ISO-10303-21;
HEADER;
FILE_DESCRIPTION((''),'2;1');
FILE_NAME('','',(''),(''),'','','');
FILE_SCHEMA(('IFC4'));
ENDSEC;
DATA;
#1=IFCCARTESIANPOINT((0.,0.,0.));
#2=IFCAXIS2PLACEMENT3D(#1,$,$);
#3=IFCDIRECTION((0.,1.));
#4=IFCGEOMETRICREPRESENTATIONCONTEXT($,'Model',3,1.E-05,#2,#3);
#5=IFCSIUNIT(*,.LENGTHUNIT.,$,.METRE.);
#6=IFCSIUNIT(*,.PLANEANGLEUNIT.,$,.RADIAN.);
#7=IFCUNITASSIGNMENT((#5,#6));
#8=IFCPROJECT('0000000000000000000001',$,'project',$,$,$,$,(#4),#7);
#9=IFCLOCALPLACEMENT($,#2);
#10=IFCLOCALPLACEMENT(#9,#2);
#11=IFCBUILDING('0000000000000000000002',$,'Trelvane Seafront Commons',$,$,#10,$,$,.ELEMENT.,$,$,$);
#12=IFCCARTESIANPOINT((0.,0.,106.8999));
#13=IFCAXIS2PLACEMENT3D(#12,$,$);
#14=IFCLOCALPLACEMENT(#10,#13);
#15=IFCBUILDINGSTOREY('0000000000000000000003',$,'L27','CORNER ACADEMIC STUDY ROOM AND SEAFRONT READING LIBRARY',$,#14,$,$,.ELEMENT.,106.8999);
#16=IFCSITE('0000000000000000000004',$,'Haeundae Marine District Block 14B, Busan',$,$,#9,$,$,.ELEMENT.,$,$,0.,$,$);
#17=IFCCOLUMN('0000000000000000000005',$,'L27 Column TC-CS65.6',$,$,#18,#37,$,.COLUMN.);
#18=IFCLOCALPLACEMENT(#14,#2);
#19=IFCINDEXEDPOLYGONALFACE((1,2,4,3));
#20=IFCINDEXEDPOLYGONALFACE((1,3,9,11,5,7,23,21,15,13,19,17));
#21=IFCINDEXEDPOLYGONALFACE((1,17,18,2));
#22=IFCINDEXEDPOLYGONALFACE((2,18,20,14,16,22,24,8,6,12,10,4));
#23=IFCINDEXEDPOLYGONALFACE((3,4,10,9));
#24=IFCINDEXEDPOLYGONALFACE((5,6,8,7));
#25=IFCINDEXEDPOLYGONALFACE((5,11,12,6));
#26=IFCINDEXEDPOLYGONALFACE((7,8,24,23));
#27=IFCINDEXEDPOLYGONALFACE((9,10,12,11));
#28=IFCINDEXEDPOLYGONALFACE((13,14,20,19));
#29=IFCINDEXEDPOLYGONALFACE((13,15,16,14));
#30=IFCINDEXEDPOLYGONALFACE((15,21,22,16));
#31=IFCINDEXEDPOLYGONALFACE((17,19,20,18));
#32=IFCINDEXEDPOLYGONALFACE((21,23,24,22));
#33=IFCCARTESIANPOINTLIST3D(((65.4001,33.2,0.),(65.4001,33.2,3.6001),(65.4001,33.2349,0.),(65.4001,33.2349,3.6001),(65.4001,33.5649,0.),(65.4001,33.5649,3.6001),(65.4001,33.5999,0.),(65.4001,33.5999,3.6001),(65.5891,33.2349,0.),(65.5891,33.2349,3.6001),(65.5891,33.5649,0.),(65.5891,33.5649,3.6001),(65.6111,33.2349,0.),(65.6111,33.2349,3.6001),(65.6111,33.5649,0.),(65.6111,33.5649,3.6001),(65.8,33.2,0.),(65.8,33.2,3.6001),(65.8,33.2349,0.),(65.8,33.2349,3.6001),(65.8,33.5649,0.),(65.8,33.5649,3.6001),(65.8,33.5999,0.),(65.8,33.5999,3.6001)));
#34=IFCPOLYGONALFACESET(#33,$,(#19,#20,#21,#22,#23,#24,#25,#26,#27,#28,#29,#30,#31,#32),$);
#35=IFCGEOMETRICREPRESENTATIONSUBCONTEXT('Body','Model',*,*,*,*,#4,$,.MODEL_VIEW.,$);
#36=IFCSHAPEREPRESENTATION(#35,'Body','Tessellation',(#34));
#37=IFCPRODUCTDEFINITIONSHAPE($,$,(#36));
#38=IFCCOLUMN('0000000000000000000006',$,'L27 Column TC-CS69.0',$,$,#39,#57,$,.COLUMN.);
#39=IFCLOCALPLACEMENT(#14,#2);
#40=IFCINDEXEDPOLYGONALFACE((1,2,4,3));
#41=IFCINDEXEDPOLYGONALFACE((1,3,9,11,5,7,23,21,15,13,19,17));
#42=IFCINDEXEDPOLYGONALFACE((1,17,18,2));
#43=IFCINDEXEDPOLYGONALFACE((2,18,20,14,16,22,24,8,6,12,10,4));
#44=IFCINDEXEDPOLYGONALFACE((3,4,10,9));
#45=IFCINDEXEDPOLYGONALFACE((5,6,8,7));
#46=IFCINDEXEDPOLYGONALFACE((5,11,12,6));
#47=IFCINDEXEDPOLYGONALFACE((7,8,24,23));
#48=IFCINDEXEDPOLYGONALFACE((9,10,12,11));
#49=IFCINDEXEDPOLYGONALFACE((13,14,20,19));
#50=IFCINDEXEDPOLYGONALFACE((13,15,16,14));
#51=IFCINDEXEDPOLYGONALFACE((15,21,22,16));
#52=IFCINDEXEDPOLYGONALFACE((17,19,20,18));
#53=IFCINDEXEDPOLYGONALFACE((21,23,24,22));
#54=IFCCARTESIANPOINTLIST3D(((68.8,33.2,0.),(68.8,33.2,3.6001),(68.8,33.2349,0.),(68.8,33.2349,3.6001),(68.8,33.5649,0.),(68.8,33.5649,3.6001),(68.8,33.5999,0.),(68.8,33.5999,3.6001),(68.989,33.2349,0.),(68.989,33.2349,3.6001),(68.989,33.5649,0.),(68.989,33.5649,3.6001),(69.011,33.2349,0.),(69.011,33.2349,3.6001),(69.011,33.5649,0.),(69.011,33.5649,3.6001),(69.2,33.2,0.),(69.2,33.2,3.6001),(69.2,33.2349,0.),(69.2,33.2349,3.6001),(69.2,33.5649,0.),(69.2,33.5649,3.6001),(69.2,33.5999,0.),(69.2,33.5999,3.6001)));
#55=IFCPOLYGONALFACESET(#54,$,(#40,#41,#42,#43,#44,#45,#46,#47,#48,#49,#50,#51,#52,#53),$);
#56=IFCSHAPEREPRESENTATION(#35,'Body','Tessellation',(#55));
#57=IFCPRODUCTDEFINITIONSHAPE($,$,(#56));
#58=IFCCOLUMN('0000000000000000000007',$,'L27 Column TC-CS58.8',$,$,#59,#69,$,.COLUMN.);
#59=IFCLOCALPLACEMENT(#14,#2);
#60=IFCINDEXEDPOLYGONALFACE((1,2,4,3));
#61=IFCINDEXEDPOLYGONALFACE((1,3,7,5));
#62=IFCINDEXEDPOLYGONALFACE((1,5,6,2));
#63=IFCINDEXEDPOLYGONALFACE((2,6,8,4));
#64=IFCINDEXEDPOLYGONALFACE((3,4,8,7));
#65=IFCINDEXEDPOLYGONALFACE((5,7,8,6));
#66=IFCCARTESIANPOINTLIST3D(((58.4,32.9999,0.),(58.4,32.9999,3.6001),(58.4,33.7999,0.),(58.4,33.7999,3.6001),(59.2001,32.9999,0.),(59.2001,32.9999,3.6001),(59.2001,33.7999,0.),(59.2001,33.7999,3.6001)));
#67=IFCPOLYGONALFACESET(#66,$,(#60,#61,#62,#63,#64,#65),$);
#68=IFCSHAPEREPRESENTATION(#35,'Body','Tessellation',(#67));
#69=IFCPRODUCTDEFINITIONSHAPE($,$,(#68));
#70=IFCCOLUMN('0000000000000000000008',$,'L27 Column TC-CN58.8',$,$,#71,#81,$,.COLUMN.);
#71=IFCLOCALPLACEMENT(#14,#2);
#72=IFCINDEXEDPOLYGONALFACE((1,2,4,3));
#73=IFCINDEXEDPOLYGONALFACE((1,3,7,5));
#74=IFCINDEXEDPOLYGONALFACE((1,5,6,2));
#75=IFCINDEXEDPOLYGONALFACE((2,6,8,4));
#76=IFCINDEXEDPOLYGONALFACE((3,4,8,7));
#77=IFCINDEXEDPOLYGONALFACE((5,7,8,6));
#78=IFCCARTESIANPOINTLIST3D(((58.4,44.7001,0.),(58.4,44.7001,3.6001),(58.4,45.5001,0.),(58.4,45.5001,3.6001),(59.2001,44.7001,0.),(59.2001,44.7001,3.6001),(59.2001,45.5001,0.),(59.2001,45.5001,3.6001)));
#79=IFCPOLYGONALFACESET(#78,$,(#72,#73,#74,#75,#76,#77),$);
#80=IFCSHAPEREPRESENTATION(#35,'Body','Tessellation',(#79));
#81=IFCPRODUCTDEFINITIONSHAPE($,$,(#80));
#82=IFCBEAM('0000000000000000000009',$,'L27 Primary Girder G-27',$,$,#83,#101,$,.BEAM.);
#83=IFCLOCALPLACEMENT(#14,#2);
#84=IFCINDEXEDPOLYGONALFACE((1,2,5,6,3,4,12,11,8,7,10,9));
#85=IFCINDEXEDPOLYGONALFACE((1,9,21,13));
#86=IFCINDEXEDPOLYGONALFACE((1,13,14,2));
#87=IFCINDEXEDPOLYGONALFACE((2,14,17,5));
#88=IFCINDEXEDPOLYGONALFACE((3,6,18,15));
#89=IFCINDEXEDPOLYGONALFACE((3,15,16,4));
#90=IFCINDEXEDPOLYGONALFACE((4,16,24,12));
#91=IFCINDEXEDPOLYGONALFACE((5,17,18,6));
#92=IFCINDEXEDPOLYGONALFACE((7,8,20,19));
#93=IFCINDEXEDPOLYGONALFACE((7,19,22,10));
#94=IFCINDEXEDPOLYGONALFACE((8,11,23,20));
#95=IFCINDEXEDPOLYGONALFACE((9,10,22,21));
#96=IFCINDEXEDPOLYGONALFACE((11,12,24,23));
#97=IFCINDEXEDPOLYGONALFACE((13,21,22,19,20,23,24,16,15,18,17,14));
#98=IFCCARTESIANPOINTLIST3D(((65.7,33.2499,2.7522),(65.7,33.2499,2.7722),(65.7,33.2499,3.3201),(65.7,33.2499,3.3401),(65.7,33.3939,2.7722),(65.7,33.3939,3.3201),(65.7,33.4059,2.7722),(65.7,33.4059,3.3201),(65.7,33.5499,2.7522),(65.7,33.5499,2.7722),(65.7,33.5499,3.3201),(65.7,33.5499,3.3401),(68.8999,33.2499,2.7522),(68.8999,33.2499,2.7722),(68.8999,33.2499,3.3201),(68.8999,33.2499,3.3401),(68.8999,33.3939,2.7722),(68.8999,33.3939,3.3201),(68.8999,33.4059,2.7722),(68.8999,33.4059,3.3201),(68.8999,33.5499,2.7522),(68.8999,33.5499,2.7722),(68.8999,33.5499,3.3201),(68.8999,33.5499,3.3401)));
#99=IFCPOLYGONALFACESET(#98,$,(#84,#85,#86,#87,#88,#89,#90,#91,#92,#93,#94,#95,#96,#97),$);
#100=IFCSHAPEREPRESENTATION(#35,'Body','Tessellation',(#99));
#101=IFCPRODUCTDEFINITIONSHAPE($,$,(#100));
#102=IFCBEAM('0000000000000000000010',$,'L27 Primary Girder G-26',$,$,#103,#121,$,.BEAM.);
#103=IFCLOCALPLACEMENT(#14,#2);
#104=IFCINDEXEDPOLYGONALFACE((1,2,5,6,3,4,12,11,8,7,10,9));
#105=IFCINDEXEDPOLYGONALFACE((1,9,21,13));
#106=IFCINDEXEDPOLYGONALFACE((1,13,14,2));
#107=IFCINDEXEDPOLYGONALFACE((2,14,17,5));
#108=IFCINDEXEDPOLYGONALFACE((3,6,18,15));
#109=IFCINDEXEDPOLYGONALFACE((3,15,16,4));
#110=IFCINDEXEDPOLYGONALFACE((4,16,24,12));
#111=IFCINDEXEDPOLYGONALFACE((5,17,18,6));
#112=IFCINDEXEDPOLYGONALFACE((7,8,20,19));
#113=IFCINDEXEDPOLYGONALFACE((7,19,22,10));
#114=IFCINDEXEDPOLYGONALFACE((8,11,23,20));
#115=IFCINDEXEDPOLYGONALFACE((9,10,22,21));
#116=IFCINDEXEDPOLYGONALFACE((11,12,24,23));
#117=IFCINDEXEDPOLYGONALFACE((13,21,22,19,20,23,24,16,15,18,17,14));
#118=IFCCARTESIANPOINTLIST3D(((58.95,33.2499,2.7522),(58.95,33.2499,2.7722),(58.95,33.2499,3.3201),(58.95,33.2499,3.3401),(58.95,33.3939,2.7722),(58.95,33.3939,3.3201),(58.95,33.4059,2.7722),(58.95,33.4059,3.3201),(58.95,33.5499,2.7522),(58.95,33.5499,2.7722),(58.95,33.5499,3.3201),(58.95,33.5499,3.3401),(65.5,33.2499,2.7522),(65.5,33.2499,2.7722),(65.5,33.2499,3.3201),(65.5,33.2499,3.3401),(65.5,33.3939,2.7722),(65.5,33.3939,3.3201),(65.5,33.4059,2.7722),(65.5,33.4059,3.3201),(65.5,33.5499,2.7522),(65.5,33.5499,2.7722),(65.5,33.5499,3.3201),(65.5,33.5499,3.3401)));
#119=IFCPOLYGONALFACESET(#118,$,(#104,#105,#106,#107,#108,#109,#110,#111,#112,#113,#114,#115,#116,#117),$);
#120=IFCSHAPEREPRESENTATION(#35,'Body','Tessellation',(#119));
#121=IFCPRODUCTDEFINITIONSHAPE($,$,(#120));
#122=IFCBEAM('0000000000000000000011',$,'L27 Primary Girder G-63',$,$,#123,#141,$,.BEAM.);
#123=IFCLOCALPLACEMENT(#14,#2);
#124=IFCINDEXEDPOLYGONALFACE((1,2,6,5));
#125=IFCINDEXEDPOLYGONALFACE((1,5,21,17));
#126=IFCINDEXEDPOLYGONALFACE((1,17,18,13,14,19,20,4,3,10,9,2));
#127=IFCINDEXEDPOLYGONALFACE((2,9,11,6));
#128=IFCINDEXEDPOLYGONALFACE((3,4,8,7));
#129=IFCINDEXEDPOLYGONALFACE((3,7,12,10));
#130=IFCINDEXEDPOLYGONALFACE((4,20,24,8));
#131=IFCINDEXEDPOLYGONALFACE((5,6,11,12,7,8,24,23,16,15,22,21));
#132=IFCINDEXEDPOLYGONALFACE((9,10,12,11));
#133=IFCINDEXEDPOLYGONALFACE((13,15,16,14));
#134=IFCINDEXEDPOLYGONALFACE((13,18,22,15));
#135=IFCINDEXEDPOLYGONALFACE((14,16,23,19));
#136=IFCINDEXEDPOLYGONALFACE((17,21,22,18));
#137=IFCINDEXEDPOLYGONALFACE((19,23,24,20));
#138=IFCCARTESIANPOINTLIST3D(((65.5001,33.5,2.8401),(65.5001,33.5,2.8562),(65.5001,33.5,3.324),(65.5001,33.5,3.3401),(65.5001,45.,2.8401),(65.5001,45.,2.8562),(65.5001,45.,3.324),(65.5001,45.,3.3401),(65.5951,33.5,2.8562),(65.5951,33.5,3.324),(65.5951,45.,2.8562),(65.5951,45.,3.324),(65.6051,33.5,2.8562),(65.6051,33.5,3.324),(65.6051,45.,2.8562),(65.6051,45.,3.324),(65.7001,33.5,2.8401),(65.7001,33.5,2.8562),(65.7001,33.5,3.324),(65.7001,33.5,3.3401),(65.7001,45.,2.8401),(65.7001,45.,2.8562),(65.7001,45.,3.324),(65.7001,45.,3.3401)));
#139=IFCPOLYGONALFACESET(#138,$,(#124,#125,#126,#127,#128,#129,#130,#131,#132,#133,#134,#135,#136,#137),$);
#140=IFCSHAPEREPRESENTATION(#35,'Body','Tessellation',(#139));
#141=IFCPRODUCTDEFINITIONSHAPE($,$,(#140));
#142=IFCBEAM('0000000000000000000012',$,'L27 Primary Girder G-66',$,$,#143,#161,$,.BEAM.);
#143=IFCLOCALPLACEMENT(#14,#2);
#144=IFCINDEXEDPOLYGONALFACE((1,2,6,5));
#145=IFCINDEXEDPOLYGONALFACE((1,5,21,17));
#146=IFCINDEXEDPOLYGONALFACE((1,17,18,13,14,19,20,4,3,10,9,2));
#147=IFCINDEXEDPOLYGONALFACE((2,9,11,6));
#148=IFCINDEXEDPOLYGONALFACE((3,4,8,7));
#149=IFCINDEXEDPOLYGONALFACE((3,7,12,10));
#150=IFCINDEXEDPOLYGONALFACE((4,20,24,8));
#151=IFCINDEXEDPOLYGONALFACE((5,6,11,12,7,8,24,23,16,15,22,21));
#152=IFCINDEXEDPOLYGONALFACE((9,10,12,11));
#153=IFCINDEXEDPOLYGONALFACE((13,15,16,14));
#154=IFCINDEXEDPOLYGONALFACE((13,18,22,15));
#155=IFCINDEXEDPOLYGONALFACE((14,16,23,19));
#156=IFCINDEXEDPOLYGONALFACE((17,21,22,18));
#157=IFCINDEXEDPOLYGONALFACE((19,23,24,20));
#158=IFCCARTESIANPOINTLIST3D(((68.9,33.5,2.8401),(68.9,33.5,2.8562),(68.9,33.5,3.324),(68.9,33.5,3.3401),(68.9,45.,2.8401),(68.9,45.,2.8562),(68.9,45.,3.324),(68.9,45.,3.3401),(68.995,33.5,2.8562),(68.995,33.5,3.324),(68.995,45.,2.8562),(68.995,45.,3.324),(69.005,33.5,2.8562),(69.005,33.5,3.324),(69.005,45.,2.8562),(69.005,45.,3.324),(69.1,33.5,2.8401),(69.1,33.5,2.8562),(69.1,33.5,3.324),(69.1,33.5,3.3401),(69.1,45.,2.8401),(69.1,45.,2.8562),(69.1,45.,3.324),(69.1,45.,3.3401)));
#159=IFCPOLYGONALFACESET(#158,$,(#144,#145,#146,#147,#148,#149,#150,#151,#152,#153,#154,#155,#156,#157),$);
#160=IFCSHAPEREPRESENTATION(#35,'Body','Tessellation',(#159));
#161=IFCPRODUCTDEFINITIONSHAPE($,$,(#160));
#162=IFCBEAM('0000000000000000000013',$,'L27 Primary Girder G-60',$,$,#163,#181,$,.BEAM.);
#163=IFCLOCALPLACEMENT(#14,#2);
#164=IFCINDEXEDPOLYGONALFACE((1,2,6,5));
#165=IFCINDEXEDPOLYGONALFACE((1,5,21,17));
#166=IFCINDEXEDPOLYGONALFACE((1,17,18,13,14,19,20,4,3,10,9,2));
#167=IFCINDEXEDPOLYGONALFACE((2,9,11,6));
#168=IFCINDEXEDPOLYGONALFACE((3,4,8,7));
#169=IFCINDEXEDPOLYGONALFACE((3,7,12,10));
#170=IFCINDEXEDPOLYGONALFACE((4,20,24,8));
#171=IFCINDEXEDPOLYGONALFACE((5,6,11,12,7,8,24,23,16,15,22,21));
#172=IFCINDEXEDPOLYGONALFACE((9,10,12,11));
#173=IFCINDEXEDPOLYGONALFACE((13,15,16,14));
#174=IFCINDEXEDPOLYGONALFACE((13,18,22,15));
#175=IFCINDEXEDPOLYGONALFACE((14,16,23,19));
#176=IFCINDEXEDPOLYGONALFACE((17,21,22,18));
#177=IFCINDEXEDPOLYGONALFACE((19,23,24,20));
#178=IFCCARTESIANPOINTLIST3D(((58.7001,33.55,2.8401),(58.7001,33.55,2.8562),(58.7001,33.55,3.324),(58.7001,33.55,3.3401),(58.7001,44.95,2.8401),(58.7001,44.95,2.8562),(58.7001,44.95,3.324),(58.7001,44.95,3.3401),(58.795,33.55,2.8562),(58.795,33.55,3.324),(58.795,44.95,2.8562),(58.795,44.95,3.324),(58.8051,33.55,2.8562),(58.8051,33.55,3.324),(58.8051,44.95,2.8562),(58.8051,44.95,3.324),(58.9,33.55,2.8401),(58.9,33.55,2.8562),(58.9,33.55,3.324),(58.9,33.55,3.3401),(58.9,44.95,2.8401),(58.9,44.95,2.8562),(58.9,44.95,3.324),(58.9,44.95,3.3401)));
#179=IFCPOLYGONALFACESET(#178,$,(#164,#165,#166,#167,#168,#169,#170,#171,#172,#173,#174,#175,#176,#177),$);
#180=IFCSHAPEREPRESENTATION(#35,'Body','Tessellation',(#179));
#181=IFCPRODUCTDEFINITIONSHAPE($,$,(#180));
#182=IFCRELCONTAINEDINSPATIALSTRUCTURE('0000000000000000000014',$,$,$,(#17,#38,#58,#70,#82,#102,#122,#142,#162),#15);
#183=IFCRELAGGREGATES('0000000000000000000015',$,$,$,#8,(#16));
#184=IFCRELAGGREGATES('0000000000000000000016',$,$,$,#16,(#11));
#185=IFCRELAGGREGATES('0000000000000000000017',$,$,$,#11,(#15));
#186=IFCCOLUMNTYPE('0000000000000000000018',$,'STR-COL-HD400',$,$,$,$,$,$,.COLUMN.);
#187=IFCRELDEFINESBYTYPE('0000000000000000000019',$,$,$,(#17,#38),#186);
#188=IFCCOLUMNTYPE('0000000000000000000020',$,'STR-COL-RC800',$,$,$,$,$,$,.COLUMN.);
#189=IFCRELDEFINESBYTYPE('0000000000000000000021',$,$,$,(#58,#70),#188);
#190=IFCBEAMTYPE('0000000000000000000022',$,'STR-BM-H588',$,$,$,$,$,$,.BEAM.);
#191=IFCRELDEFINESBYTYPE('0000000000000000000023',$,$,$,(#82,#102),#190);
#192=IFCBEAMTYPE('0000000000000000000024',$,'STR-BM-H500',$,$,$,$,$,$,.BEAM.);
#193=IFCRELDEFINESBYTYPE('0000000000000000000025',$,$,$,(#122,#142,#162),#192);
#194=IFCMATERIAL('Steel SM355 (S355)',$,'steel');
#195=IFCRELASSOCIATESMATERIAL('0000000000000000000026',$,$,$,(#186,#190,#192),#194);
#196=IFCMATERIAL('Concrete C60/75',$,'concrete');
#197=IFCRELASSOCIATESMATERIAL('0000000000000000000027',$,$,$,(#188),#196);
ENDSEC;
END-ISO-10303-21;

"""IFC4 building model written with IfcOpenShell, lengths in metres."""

from ifc_helpers import new_model, si_unit, direction, frame, origin, origin_2d, place, context, subcontext, project, spatial, rectangle, i_section, extrude, source, transform, mapped, material, material_profile, profile_set, type_object, element, save


model = new_model("IFC4")

# Units and contexts
model_context = context("Model", 3, precision=1e-05, world=origin(), true_north=direction((0.0, 1.0)))
body_context = subcontext(model_context, "Body", "Model", "MODEL_VIEW")
ifc_project = project(units=[si_unit("LENGTHUNIT", "METRE"), si_unit("PLANEANGLEUNIT", "RADIAN")], contexts=[model_context])

# Site, building, storey
site_placement = place(None, origin())
site = spatial("IfcSite", under=ifc_project, at=site_placement, Name="Haeundae Marine District Block 14B, Busan", CompositionType="ELEMENT", RefElevation=0.0)
building_placement = place(site_placement, origin())
building = spatial("IfcBuilding", under=site, at=building_placement, Name="Trelvane Seafront Commons", CompositionType="ELEMENT")
storey_placement = place(building_placement, frame((0.0, 0.0, 106.8999)))
storey = spatial("IfcBuildingStorey", under=building, at=storey_placement, Name="L27", Description="CORNER ACADEMIC STUDY ROOM AND SEAFRONT READING LIBRARY", CompositionType="ELEMENT", Elevation=106.8999)

# Columns
ifc_material_1 = material(Name="Steel SM355 (S355)", Category="steel")
ifc_material_profile_1 = material_profile(ifc_material_1, i_section(OverallWidth=0.3999, OverallDepth=0.3999, WebThickness=0.022, FlangeThickness=0.0349, at=origin_2d()), Name="HD-400x400x22x35")
ifc_profile_set_1 = profile_set([ifc_material_profile_1], Name="Steel SM355 (S355)")
column_type_1 = type_object("IfcColumnType", Name="STR-COL-HD400", PredefinedType="COLUMN", material=ifc_profile_set_1)
shared_shape_1 = source(origin(), body_context, "Body", "SweptSolid", [
    extrude(i_section(OverallWidth=0.3999, OverallDepth=0.3999, WebThickness=0.022, FlangeThickness=0.0349, at=origin_2d()), origin(), (0.0, 0.0, 1.0), 3.6001),
])
for number, where, z_axis, x_axis, name in (
    (1, (65.6001, 33.3999, 0.0), (0.0, 0.0, 1.0), (1.0, 0.0, 0.0), "L27 Column TC-CS65.6"),
    (2, (69.0, 33.3999, 0.0), (0.0, 0.0, 1.0), (1.0, 0.0, 0.0), "L27 Column TC-CS69.0"),
):
    element("IfcColumn", number, at=place(storey_placement, frame(where, z_axis=z_axis, x_axis=x_axis)), inside=storey, type_object=column_type_1, Name=name, PredefinedType="COLUMN", context=body_context, shape_type="MappedRepresentation", body=[
        mapped(shared_shape_1, transform((0.0, 0.0, 0.0), x_axis=(1.0, 0.0, 0.0), y_axis=(0.0, 1.0, 0.0), z_axis=(0.0, 0.0, 1.0), scale=1.0)),
    ])
ifc_material_2 = material(Name="Concrete C60/75", Category="concrete")
ifc_material_profile_2 = material_profile(ifc_material_2, rectangle(XDim=0.8, YDim=0.8, at=origin_2d()), Name="RC-800x800")
ifc_profile_set_2 = profile_set([ifc_material_profile_2], Name="Concrete C60/75")
column_type_2 = type_object("IfcColumnType", Name="STR-COL-RC800", PredefinedType="COLUMN", material=ifc_profile_set_2)
shared_shape_2 = source(origin(), body_context, "Body", "SweptSolid", [
    extrude(rectangle(XDim=0.8, YDim=0.8, at=origin_2d()), origin(), (0.0, 0.0, 1.0), 3.6001),
])
for number, where, z_axis, x_axis, name in (
    (3, (58.8, 33.3999, 0.0), (0.0, 0.0, 1.0), (1.0, 0.0, 0.0), "L27 Column TC-CS58.8"),
    (4, (58.8, 45.1001, 0.0), (0.0, 0.0, 1.0), (1.0, 0.0, 0.0), "L27 Column TC-CN58.8"),
):
    element("IfcColumn", number, at=place(storey_placement, frame(where, z_axis=z_axis, x_axis=x_axis)), inside=storey, type_object=column_type_2, Name=name, PredefinedType="COLUMN", context=body_context, shape_type="MappedRepresentation", body=[
        mapped(shared_shape_2, transform((0.0, 0.0, 0.0), x_axis=(1.0, 0.0, 0.0), y_axis=(0.0, 1.0, 0.0), z_axis=(0.0, 0.0, 1.0), scale=1.0)),
    ])

# Beams
ifc_material_profile_3 = material_profile(ifc_material_1, i_section(OverallWidth=0.3, OverallDepth=0.5879, WebThickness=0.012, FlangeThickness=0.02, at=origin_2d()), Name="H-588x300x12x20")
ifc_profile_set_3 = profile_set([ifc_material_profile_3], Name="Steel SM355 (S355)")
beam_type_1 = type_object("IfcBeamType", Name="STR-BM-H588", PredefinedType="BEAM", material=ifc_profile_set_3)
shared_shape_3 = source(origin(), body_context, "Body", "SweptSolid", [
    extrude(i_section(OverallWidth=0.3, OverallDepth=0.5879, WebThickness=0.012, FlangeThickness=0.02, at=origin_2d()), origin(), (0.0, 0.0, 1.0), 3.2),
])
beam_1_placement = place(storey_placement, frame((65.7, 33.3999, 3.0461), z_axis=(1.0, 0.0, 0.0), x_axis=(0.0, 1.0, 0.0)))
element("IfcBeam", 5, at=beam_1_placement, inside=storey, type_object=beam_type_1, Name="L27 Primary Girder G-27", PredefinedType="BEAM", context=body_context, shape_type="MappedRepresentation", body=[
    mapped(shared_shape_3, transform((0.0, 0.0, 0.0), x_axis=(1.0, 0.0, 0.0), y_axis=(0.0, 1.0, 0.0), z_axis=(0.0, 0.0, 1.0), scale=1.0)),
])
shared_shape_4 = source(origin(), body_context, "Body", "SweptSolid", [
    extrude(i_section(OverallWidth=0.3, OverallDepth=0.5879, WebThickness=0.012, FlangeThickness=0.02, at=origin_2d()), origin(), (0.0, 0.0, 1.0), 6.55),
])
beam_2_placement = place(storey_placement, frame((58.95, 33.3999, 3.0461), z_axis=(1.0, 0.0, 0.0), x_axis=(0.0, 1.0, 0.0)))
element("IfcBeam", 6, at=beam_2_placement, inside=storey, type_object=beam_type_1, Name="L27 Primary Girder G-26", PredefinedType="BEAM", context=body_context, shape_type="MappedRepresentation", body=[
    mapped(shared_shape_4, transform((0.0, 0.0, 0.0), x_axis=(1.0, 0.0, 0.0), y_axis=(0.0, 1.0, 0.0), z_axis=(0.0, 0.0, 1.0), scale=1.0)),
])
ifc_material_profile_4 = material_profile(ifc_material_1, i_section(OverallWidth=0.2, OverallDepth=0.5, WebThickness=0.01, FlangeThickness=0.0161, at=origin_2d()), Name="H-500x200x10x16")
ifc_profile_set_4 = profile_set([ifc_material_profile_4], Name="Steel SM355 (S355)")
beam_type_2 = type_object("IfcBeamType", Name="STR-BM-H500", PredefinedType="BEAM", material=ifc_profile_set_4)
shared_shape_5 = source(origin(), body_context, "Body", "SweptSolid", [
    extrude(i_section(OverallWidth=0.2, OverallDepth=0.5, WebThickness=0.01, FlangeThickness=0.0161, at=origin_2d()), origin(), (0.0, 0.0, 1.0), 11.5),
])
for number, where, z_axis, x_axis, name in (
    (7, (65.6001, 33.5, 3.0901), (0.0, 1.0, 0.0), (-1.0, 0.0, 0.0), "L27 Primary Girder G-63"),
    (8, (69.0, 33.5, 3.0901), (0.0, 1.0, 0.0), (-1.0, 0.0, 0.0), "L27 Primary Girder G-66"),
):
    element("IfcBeam", number, at=place(storey_placement, frame(where, z_axis=z_axis, x_axis=x_axis)), inside=storey, type_object=beam_type_2, Name=name, PredefinedType="BEAM", context=body_context, shape_type="MappedRepresentation", body=[
        mapped(shared_shape_5, transform((0.0, 0.0, 0.0), x_axis=(1.0, 0.0, 0.0), y_axis=(0.0, 1.0, 0.0), z_axis=(0.0, 0.0, 1.0), scale=1.0)),
    ])
shared_shape_6 = source(origin(), body_context, "Body", "SweptSolid", [
    extrude(i_section(OverallWidth=0.2, OverallDepth=0.5, WebThickness=0.01, FlangeThickness=0.0161, at=origin_2d()), origin(), (0.0, 0.0, 1.0), 11.3999),
])
beam_3_placement = place(storey_placement, frame((58.8, 33.55, 3.0901), z_axis=(0.0, 1.0, 0.0), x_axis=(-1.0, 0.0, 0.0)))
element("IfcBeam", 9, at=beam_3_placement, inside=storey, type_object=beam_type_2, Name="L27 Primary Girder G-60", PredefinedType="BEAM", context=body_context, shape_type="MappedRepresentation", body=[
    mapped(shared_shape_6, transform((0.0, 0.0, 0.0), x_axis=(1.0, 0.0, 0.0), y_axis=(0.0, 1.0, 0.0), z_axis=(0.0, 0.0, 1.0), scale=1.0)),
])

save(model, "model.ifc")
